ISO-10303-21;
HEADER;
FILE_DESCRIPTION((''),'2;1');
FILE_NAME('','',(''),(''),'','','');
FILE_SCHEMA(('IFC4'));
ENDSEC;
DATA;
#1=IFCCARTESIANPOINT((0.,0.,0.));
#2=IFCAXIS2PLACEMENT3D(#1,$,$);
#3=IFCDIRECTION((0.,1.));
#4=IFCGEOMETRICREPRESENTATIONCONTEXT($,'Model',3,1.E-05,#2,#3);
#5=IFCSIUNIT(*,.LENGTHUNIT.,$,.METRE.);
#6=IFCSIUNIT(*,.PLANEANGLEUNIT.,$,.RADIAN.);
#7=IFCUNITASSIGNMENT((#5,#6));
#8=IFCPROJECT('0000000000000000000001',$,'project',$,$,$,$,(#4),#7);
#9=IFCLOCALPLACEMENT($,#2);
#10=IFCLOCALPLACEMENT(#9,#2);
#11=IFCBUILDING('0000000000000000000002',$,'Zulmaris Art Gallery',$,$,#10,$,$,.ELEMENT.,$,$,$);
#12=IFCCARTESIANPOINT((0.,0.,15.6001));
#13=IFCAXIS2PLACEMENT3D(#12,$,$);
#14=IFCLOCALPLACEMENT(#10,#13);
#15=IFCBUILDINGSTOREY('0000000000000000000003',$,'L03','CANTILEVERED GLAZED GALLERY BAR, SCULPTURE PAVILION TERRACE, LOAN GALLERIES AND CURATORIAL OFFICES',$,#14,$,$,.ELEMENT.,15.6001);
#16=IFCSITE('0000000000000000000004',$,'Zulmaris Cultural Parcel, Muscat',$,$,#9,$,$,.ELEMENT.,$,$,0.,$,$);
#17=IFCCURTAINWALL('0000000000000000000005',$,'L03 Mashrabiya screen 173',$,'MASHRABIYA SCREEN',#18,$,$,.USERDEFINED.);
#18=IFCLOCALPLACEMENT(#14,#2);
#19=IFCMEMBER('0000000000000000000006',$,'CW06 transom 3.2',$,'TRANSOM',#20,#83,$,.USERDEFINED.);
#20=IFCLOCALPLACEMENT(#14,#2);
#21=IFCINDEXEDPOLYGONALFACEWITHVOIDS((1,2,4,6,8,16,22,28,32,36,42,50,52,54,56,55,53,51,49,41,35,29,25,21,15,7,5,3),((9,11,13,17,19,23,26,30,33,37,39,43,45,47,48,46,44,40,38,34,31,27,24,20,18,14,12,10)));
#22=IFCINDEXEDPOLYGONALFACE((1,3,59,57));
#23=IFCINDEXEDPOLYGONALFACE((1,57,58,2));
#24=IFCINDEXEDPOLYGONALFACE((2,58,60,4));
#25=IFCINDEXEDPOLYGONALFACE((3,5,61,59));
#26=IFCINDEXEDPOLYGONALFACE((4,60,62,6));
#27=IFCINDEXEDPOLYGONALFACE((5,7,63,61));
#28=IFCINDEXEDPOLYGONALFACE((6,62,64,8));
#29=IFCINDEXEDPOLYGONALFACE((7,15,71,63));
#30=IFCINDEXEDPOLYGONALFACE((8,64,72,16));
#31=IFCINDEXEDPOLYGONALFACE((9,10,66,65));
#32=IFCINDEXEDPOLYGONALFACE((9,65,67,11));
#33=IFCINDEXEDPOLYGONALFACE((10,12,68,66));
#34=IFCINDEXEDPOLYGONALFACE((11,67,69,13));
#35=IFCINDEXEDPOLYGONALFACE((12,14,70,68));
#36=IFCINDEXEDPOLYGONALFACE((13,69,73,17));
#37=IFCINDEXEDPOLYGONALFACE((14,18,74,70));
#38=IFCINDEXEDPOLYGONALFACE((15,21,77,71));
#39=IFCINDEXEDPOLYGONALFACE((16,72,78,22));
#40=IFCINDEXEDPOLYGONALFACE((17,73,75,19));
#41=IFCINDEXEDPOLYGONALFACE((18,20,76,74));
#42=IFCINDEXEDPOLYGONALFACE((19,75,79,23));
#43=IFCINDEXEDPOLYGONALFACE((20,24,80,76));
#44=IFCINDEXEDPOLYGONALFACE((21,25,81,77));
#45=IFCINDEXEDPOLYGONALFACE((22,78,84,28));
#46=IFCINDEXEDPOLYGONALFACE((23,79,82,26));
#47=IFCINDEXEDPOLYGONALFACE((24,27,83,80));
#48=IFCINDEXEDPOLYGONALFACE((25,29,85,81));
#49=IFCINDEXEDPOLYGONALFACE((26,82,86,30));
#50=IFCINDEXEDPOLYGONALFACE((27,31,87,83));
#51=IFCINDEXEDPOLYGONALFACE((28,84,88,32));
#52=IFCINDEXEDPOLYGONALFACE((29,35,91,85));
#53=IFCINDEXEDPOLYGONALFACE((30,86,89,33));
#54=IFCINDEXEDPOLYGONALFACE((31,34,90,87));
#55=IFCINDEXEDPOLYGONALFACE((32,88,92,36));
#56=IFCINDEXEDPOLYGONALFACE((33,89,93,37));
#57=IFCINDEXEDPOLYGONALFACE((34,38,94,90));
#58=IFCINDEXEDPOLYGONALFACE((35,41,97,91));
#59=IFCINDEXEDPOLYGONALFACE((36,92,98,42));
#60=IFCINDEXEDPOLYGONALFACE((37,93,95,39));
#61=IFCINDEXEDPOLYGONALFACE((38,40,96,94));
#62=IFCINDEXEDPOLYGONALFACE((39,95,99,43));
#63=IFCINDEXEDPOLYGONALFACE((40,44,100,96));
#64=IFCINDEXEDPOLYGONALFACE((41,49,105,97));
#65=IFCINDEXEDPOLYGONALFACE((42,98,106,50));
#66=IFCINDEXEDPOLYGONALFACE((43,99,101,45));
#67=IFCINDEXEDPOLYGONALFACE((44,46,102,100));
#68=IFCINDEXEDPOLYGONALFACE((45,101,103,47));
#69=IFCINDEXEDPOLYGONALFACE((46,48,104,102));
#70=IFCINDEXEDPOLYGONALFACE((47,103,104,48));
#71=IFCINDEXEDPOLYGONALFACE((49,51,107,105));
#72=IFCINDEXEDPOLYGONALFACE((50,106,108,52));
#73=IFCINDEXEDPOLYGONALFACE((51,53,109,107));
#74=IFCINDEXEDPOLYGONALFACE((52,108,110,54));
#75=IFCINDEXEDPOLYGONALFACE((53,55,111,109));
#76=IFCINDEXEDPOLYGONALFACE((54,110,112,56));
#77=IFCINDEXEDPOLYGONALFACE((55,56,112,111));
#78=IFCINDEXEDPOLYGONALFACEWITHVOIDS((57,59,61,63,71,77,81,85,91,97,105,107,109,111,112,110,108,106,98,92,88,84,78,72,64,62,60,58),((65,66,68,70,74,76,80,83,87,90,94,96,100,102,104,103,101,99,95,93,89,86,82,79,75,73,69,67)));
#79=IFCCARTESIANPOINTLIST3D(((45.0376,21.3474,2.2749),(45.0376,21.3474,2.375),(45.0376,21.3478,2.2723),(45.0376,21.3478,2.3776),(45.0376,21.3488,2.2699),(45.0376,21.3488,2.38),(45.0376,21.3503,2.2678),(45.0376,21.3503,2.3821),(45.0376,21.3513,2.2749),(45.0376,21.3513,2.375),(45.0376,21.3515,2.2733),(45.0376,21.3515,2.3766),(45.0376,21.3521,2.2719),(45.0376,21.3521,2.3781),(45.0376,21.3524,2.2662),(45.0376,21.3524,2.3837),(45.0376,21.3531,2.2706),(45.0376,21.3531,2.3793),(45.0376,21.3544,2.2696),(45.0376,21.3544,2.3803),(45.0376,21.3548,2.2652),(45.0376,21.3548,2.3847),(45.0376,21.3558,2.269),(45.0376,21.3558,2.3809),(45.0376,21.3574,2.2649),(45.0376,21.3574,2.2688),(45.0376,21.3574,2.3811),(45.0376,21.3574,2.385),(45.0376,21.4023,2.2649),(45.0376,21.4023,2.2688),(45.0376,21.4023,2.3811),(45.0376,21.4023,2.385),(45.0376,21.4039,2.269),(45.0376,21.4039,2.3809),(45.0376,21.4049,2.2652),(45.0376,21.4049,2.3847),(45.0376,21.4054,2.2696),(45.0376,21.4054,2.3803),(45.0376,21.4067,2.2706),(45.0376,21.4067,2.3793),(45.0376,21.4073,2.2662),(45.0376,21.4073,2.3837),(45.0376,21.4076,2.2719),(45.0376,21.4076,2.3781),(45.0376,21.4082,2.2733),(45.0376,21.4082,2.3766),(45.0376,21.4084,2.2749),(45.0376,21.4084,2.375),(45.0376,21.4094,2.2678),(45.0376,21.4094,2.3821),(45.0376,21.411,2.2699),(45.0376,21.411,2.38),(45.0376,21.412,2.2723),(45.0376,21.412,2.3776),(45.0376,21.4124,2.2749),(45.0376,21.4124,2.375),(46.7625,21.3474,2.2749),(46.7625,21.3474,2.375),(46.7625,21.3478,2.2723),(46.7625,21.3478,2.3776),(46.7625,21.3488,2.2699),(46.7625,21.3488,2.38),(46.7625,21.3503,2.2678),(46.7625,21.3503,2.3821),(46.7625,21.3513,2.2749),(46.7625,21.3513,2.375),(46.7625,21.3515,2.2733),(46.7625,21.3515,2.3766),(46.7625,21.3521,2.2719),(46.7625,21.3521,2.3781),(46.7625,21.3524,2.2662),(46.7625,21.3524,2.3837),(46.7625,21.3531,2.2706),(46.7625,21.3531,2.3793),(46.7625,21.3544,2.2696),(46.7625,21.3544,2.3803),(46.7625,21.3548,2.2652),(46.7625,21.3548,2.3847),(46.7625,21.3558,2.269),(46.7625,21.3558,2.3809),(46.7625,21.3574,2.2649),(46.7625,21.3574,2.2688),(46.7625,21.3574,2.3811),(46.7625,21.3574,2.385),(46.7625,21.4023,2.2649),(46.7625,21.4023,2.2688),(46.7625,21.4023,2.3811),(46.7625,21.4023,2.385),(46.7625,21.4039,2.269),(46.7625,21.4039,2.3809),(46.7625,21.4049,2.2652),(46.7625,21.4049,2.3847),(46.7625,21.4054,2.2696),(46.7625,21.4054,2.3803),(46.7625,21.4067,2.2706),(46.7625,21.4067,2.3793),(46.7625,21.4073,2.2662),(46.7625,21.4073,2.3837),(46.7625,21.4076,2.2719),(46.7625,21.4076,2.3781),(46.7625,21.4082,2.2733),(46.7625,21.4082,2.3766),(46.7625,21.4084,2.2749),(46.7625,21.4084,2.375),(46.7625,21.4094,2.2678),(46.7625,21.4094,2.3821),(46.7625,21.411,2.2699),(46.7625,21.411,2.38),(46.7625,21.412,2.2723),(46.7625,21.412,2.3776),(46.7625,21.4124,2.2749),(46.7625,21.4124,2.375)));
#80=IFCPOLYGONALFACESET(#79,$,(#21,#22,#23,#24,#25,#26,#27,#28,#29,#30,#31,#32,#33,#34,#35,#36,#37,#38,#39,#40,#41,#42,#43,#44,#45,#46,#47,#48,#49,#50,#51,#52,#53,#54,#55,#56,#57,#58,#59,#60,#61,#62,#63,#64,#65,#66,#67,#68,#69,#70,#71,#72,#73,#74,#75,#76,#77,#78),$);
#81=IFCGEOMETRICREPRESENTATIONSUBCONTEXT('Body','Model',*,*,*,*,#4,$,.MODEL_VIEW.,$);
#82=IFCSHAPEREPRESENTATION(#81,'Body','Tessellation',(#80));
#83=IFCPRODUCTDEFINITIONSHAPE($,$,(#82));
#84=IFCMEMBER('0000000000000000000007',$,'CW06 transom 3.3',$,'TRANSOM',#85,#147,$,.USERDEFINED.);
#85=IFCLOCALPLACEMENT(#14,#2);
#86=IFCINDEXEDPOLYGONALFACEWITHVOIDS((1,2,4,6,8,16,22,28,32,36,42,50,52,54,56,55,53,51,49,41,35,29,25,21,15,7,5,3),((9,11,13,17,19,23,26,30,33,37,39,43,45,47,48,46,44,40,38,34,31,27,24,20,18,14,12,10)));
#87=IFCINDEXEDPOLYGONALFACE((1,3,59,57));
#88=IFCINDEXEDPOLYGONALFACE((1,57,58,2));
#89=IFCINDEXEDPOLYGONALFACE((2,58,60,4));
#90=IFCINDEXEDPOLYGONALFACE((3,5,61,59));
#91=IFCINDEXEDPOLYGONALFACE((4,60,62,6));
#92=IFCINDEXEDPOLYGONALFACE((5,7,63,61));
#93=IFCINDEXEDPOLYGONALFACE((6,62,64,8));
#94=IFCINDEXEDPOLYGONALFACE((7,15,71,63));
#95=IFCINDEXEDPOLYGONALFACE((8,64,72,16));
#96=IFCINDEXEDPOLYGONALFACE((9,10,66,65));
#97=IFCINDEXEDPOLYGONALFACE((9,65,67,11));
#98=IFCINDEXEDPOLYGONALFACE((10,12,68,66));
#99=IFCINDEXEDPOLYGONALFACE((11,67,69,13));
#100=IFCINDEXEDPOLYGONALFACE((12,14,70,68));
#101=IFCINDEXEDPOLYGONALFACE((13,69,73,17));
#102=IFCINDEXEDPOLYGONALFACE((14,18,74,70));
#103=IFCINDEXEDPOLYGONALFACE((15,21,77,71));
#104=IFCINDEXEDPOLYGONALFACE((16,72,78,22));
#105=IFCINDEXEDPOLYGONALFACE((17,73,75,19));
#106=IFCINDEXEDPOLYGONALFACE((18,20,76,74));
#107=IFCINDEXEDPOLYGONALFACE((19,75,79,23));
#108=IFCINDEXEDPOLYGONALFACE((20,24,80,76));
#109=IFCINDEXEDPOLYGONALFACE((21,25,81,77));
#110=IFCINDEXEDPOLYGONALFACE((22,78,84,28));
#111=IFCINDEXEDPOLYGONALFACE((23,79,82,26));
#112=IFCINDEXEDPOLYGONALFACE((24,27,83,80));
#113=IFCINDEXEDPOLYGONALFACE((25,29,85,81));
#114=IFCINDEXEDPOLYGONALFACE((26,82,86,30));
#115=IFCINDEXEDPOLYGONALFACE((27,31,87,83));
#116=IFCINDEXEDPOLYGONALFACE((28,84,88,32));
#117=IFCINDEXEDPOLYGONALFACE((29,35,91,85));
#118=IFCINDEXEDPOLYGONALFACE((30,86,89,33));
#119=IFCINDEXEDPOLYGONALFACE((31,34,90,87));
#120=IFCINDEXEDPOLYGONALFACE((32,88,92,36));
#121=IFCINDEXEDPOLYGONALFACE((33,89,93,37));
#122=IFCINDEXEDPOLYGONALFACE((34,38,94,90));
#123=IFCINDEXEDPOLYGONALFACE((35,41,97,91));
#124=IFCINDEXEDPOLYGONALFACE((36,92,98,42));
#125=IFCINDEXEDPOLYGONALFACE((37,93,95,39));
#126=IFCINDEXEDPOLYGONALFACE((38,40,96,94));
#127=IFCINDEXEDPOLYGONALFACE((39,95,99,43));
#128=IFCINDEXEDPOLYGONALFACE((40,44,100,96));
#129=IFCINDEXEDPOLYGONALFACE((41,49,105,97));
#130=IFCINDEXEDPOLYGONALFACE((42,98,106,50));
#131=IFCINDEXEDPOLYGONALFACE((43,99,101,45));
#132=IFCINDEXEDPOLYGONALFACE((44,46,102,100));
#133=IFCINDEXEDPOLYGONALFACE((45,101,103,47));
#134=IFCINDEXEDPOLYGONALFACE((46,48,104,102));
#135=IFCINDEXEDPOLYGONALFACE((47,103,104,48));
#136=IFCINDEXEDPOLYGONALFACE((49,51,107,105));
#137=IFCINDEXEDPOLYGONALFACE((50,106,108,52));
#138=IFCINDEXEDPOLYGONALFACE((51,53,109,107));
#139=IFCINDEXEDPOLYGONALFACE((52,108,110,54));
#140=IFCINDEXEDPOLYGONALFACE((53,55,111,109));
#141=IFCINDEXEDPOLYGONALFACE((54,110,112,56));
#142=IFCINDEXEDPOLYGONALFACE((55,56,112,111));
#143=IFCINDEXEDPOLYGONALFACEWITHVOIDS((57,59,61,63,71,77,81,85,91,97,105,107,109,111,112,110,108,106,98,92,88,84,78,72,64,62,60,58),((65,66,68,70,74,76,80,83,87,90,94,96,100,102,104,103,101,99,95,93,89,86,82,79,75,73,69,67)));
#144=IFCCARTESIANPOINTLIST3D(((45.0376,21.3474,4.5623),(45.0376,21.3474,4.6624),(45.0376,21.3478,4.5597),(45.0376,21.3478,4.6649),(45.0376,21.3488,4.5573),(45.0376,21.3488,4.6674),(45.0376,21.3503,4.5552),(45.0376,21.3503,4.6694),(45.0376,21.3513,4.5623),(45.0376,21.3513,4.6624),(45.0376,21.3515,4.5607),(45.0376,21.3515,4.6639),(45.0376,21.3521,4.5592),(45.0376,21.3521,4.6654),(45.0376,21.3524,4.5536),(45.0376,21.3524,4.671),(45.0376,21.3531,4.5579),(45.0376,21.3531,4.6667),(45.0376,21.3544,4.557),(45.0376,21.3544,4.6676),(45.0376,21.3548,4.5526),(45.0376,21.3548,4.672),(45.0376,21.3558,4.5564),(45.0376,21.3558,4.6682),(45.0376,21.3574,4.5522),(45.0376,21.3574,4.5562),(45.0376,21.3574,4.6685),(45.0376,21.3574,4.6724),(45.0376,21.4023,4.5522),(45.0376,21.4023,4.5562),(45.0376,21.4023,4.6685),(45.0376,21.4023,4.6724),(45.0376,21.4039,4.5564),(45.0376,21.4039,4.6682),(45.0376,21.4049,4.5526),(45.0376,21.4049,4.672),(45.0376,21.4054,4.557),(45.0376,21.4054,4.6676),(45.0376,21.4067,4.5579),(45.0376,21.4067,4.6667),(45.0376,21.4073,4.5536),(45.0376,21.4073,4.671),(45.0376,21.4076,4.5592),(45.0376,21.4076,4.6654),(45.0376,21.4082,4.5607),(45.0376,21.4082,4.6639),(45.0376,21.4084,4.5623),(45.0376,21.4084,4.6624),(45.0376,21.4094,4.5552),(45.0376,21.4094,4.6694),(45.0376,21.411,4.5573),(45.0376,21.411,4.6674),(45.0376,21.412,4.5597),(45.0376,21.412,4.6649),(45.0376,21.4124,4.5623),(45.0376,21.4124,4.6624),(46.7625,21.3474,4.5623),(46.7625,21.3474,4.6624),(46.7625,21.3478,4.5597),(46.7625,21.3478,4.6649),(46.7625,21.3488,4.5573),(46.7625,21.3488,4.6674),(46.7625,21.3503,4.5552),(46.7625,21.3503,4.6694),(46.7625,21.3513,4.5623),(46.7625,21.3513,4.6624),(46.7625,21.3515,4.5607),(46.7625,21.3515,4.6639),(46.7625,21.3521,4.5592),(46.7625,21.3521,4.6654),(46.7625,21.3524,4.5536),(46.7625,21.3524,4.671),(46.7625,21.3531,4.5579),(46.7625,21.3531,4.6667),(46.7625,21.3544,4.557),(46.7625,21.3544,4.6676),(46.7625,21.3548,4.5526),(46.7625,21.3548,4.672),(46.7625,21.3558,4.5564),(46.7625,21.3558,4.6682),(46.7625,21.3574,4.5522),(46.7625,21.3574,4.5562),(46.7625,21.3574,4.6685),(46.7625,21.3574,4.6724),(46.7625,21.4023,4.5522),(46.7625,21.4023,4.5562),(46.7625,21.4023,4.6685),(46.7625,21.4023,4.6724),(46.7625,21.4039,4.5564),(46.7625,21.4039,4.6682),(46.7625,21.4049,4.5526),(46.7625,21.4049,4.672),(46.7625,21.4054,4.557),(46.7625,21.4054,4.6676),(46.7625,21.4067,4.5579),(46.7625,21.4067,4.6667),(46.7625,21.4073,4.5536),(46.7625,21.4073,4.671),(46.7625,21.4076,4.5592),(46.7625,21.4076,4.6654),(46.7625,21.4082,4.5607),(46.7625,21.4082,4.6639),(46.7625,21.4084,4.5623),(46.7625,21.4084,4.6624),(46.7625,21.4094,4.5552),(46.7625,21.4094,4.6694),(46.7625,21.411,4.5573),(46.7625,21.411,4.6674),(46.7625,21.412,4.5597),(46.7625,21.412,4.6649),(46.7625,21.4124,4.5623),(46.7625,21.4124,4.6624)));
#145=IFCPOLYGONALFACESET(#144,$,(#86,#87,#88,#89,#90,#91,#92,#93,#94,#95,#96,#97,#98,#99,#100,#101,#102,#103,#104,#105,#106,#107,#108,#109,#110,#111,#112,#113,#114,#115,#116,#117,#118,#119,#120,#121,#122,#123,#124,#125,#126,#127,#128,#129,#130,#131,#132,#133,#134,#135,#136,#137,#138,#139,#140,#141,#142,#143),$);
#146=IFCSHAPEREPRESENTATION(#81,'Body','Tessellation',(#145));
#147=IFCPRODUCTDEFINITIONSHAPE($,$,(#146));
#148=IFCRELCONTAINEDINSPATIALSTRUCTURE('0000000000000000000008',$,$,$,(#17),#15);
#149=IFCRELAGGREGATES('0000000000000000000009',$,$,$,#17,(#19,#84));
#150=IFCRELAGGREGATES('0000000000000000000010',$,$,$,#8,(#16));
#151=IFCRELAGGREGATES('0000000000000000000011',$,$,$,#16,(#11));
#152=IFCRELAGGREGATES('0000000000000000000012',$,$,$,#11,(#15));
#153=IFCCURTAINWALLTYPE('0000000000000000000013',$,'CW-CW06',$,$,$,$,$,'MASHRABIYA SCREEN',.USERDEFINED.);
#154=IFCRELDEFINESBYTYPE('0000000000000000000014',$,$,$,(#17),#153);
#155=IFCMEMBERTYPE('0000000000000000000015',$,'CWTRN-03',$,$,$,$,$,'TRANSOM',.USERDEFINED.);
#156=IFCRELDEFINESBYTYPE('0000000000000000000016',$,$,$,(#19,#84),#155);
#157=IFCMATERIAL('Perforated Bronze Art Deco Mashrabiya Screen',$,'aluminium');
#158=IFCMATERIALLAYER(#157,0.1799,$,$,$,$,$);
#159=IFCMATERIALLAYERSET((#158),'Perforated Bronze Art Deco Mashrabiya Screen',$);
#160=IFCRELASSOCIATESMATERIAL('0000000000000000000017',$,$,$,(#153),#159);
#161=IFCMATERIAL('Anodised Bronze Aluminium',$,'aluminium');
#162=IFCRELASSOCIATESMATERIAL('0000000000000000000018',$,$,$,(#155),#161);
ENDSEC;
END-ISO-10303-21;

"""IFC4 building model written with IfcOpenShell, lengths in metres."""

from ifc_helpers import new_model, si_unit, direction, frame, origin, origin_2d, place, context, subcontext, project, spatial, hollow_rectangle, extrude, material, layer, layer_set, material_profile, profile_set, type_object, element, aggregate, save


model = new_model("IFC4")

# Units and contexts
model_context = context("Model", 3, precision=1e-05, world=origin(), true_north=direction((0.0, 1.0)))
body_context = subcontext(model_context, "Body", "Model", "MODEL_VIEW")
ifc_project = project(units=[si_unit("LENGTHUNIT", "METRE"), si_unit("PLANEANGLEUNIT", "RADIAN")], contexts=[model_context])

# Site, building, storey
site_placement = place(None, origin())
site = spatial("IfcSite", under=ifc_project, at=site_placement, Name="Zulmaris Cultural Parcel, Muscat", CompositionType="ELEMENT", RefElevation=0.0)
building_placement = place(site_placement, origin())
building = spatial("IfcBuilding", under=site, at=building_placement, Name="Zulmaris Art Gallery", CompositionType="ELEMENT")
storey_placement = place(building_placement, frame((0.0, 0.0, 15.6001)))
storey = spatial("IfcBuildingStorey", under=building, at=storey_placement, Name="L03", Description="CANTILEVERED GLAZED GALLERY BAR, SCULPTURE PAVILION TERRACE, LOAN GALLERIES AND CURATORIAL OFFICES", CompositionType="ELEMENT", Elevation=15.6001)

# Curtain wall
ifc_material_1 = material(Name="Anodised Bronze Aluminium", Category="aluminium")
ifc_material_2 = material(Name="Perforated Bronze Art Deco Mashrabiya Screen", Category="aluminium")
ifc_layer_1 = layer(ifc_material_2, 0.1799)
ifc_layer_set_1 = layer_set([ifc_layer_1], Name="Perforated Bronze Art Deco Mashrabiya Screen")
curtain_wall_type_1 = type_object("IfcCurtainWallType", Name="CW-CW06", ElementType="MASHRABIYA SCREEN", PredefinedType="USERDEFINED", material=ifc_layer_set_1)
curtain_wall_1_placement = place(storey_placement, origin())
curtain_wall_1 = element("IfcCurtainWall", 1, at=curtain_wall_1_placement, inside=storey, type_object=curtain_wall_type_1, Name="L03 Mashrabiya screen 173", ObjectType="MASHRABIYA SCREEN", PredefinedType="USERDEFINED")

# Members
ifc_material_profile_1 = material_profile(ifc_material_1, hollow_rectangle(XDim=0.0649, YDim=0.1201, WallThickness=0.0039, InnerFilletRadius=0.0061, OuterFilletRadius=0.01, at=origin_2d()), Name="ALU 65x120x4")
ifc_profile_set_1 = profile_set([ifc_material_profile_1], Name="Anodised Bronze Aluminium")
member_type_1 = type_object("IfcMemberType", Name="CWTRN-03", ElementType="TRANSOM", PredefinedType="USERDEFINED", material=ifc_profile_set_1)
member_1_placement = place(storey_placement, frame((45.0376, 21.3799, 2.325), z_axis=(1.0, 0.0, 0.0), x_axis=(0.0, 1.0, 0.0)))
member_1 = element("IfcMember", 2, at=member_1_placement, type_object=member_type_1, Name="CW06 transom 3.2", ObjectType="TRANSOM", PredefinedType="USERDEFINED", context=body_context, shape_type="SweptSolid", body=[
    extrude(hollow_rectangle(XDim=0.0649, YDim=0.1201, WallThickness=0.0039, InnerFilletRadius=0.0061, OuterFilletRadius=0.01, at=origin_2d()), origin(), (0.0, 0.0, 1.0), 1.7249),
])
member_2_placement = place(storey_placement, frame((45.0376, 21.3799, 4.6123), z_axis=(1.0, 0.0, 0.0), x_axis=(0.0, 1.0, 0.0)))
member_2 = element("IfcMember", 3, at=member_2_placement, type_object=member_type_1, Name="CW06 transom 3.3", ObjectType="TRANSOM", PredefinedType="USERDEFINED", context=body_context, shape_type="SweptSolid", body=[
    extrude(hollow_rectangle(XDim=0.0649, YDim=0.1201, WallThickness=0.0039, InnerFilletRadius=0.0061, OuterFilletRadius=0.01, at=origin_2d()), origin(), (0.0, 0.0, 1.0), 1.7249),
])

aggregate(curtain_wall_1, [member_1, member_2])

save(model, "model.ifc")
